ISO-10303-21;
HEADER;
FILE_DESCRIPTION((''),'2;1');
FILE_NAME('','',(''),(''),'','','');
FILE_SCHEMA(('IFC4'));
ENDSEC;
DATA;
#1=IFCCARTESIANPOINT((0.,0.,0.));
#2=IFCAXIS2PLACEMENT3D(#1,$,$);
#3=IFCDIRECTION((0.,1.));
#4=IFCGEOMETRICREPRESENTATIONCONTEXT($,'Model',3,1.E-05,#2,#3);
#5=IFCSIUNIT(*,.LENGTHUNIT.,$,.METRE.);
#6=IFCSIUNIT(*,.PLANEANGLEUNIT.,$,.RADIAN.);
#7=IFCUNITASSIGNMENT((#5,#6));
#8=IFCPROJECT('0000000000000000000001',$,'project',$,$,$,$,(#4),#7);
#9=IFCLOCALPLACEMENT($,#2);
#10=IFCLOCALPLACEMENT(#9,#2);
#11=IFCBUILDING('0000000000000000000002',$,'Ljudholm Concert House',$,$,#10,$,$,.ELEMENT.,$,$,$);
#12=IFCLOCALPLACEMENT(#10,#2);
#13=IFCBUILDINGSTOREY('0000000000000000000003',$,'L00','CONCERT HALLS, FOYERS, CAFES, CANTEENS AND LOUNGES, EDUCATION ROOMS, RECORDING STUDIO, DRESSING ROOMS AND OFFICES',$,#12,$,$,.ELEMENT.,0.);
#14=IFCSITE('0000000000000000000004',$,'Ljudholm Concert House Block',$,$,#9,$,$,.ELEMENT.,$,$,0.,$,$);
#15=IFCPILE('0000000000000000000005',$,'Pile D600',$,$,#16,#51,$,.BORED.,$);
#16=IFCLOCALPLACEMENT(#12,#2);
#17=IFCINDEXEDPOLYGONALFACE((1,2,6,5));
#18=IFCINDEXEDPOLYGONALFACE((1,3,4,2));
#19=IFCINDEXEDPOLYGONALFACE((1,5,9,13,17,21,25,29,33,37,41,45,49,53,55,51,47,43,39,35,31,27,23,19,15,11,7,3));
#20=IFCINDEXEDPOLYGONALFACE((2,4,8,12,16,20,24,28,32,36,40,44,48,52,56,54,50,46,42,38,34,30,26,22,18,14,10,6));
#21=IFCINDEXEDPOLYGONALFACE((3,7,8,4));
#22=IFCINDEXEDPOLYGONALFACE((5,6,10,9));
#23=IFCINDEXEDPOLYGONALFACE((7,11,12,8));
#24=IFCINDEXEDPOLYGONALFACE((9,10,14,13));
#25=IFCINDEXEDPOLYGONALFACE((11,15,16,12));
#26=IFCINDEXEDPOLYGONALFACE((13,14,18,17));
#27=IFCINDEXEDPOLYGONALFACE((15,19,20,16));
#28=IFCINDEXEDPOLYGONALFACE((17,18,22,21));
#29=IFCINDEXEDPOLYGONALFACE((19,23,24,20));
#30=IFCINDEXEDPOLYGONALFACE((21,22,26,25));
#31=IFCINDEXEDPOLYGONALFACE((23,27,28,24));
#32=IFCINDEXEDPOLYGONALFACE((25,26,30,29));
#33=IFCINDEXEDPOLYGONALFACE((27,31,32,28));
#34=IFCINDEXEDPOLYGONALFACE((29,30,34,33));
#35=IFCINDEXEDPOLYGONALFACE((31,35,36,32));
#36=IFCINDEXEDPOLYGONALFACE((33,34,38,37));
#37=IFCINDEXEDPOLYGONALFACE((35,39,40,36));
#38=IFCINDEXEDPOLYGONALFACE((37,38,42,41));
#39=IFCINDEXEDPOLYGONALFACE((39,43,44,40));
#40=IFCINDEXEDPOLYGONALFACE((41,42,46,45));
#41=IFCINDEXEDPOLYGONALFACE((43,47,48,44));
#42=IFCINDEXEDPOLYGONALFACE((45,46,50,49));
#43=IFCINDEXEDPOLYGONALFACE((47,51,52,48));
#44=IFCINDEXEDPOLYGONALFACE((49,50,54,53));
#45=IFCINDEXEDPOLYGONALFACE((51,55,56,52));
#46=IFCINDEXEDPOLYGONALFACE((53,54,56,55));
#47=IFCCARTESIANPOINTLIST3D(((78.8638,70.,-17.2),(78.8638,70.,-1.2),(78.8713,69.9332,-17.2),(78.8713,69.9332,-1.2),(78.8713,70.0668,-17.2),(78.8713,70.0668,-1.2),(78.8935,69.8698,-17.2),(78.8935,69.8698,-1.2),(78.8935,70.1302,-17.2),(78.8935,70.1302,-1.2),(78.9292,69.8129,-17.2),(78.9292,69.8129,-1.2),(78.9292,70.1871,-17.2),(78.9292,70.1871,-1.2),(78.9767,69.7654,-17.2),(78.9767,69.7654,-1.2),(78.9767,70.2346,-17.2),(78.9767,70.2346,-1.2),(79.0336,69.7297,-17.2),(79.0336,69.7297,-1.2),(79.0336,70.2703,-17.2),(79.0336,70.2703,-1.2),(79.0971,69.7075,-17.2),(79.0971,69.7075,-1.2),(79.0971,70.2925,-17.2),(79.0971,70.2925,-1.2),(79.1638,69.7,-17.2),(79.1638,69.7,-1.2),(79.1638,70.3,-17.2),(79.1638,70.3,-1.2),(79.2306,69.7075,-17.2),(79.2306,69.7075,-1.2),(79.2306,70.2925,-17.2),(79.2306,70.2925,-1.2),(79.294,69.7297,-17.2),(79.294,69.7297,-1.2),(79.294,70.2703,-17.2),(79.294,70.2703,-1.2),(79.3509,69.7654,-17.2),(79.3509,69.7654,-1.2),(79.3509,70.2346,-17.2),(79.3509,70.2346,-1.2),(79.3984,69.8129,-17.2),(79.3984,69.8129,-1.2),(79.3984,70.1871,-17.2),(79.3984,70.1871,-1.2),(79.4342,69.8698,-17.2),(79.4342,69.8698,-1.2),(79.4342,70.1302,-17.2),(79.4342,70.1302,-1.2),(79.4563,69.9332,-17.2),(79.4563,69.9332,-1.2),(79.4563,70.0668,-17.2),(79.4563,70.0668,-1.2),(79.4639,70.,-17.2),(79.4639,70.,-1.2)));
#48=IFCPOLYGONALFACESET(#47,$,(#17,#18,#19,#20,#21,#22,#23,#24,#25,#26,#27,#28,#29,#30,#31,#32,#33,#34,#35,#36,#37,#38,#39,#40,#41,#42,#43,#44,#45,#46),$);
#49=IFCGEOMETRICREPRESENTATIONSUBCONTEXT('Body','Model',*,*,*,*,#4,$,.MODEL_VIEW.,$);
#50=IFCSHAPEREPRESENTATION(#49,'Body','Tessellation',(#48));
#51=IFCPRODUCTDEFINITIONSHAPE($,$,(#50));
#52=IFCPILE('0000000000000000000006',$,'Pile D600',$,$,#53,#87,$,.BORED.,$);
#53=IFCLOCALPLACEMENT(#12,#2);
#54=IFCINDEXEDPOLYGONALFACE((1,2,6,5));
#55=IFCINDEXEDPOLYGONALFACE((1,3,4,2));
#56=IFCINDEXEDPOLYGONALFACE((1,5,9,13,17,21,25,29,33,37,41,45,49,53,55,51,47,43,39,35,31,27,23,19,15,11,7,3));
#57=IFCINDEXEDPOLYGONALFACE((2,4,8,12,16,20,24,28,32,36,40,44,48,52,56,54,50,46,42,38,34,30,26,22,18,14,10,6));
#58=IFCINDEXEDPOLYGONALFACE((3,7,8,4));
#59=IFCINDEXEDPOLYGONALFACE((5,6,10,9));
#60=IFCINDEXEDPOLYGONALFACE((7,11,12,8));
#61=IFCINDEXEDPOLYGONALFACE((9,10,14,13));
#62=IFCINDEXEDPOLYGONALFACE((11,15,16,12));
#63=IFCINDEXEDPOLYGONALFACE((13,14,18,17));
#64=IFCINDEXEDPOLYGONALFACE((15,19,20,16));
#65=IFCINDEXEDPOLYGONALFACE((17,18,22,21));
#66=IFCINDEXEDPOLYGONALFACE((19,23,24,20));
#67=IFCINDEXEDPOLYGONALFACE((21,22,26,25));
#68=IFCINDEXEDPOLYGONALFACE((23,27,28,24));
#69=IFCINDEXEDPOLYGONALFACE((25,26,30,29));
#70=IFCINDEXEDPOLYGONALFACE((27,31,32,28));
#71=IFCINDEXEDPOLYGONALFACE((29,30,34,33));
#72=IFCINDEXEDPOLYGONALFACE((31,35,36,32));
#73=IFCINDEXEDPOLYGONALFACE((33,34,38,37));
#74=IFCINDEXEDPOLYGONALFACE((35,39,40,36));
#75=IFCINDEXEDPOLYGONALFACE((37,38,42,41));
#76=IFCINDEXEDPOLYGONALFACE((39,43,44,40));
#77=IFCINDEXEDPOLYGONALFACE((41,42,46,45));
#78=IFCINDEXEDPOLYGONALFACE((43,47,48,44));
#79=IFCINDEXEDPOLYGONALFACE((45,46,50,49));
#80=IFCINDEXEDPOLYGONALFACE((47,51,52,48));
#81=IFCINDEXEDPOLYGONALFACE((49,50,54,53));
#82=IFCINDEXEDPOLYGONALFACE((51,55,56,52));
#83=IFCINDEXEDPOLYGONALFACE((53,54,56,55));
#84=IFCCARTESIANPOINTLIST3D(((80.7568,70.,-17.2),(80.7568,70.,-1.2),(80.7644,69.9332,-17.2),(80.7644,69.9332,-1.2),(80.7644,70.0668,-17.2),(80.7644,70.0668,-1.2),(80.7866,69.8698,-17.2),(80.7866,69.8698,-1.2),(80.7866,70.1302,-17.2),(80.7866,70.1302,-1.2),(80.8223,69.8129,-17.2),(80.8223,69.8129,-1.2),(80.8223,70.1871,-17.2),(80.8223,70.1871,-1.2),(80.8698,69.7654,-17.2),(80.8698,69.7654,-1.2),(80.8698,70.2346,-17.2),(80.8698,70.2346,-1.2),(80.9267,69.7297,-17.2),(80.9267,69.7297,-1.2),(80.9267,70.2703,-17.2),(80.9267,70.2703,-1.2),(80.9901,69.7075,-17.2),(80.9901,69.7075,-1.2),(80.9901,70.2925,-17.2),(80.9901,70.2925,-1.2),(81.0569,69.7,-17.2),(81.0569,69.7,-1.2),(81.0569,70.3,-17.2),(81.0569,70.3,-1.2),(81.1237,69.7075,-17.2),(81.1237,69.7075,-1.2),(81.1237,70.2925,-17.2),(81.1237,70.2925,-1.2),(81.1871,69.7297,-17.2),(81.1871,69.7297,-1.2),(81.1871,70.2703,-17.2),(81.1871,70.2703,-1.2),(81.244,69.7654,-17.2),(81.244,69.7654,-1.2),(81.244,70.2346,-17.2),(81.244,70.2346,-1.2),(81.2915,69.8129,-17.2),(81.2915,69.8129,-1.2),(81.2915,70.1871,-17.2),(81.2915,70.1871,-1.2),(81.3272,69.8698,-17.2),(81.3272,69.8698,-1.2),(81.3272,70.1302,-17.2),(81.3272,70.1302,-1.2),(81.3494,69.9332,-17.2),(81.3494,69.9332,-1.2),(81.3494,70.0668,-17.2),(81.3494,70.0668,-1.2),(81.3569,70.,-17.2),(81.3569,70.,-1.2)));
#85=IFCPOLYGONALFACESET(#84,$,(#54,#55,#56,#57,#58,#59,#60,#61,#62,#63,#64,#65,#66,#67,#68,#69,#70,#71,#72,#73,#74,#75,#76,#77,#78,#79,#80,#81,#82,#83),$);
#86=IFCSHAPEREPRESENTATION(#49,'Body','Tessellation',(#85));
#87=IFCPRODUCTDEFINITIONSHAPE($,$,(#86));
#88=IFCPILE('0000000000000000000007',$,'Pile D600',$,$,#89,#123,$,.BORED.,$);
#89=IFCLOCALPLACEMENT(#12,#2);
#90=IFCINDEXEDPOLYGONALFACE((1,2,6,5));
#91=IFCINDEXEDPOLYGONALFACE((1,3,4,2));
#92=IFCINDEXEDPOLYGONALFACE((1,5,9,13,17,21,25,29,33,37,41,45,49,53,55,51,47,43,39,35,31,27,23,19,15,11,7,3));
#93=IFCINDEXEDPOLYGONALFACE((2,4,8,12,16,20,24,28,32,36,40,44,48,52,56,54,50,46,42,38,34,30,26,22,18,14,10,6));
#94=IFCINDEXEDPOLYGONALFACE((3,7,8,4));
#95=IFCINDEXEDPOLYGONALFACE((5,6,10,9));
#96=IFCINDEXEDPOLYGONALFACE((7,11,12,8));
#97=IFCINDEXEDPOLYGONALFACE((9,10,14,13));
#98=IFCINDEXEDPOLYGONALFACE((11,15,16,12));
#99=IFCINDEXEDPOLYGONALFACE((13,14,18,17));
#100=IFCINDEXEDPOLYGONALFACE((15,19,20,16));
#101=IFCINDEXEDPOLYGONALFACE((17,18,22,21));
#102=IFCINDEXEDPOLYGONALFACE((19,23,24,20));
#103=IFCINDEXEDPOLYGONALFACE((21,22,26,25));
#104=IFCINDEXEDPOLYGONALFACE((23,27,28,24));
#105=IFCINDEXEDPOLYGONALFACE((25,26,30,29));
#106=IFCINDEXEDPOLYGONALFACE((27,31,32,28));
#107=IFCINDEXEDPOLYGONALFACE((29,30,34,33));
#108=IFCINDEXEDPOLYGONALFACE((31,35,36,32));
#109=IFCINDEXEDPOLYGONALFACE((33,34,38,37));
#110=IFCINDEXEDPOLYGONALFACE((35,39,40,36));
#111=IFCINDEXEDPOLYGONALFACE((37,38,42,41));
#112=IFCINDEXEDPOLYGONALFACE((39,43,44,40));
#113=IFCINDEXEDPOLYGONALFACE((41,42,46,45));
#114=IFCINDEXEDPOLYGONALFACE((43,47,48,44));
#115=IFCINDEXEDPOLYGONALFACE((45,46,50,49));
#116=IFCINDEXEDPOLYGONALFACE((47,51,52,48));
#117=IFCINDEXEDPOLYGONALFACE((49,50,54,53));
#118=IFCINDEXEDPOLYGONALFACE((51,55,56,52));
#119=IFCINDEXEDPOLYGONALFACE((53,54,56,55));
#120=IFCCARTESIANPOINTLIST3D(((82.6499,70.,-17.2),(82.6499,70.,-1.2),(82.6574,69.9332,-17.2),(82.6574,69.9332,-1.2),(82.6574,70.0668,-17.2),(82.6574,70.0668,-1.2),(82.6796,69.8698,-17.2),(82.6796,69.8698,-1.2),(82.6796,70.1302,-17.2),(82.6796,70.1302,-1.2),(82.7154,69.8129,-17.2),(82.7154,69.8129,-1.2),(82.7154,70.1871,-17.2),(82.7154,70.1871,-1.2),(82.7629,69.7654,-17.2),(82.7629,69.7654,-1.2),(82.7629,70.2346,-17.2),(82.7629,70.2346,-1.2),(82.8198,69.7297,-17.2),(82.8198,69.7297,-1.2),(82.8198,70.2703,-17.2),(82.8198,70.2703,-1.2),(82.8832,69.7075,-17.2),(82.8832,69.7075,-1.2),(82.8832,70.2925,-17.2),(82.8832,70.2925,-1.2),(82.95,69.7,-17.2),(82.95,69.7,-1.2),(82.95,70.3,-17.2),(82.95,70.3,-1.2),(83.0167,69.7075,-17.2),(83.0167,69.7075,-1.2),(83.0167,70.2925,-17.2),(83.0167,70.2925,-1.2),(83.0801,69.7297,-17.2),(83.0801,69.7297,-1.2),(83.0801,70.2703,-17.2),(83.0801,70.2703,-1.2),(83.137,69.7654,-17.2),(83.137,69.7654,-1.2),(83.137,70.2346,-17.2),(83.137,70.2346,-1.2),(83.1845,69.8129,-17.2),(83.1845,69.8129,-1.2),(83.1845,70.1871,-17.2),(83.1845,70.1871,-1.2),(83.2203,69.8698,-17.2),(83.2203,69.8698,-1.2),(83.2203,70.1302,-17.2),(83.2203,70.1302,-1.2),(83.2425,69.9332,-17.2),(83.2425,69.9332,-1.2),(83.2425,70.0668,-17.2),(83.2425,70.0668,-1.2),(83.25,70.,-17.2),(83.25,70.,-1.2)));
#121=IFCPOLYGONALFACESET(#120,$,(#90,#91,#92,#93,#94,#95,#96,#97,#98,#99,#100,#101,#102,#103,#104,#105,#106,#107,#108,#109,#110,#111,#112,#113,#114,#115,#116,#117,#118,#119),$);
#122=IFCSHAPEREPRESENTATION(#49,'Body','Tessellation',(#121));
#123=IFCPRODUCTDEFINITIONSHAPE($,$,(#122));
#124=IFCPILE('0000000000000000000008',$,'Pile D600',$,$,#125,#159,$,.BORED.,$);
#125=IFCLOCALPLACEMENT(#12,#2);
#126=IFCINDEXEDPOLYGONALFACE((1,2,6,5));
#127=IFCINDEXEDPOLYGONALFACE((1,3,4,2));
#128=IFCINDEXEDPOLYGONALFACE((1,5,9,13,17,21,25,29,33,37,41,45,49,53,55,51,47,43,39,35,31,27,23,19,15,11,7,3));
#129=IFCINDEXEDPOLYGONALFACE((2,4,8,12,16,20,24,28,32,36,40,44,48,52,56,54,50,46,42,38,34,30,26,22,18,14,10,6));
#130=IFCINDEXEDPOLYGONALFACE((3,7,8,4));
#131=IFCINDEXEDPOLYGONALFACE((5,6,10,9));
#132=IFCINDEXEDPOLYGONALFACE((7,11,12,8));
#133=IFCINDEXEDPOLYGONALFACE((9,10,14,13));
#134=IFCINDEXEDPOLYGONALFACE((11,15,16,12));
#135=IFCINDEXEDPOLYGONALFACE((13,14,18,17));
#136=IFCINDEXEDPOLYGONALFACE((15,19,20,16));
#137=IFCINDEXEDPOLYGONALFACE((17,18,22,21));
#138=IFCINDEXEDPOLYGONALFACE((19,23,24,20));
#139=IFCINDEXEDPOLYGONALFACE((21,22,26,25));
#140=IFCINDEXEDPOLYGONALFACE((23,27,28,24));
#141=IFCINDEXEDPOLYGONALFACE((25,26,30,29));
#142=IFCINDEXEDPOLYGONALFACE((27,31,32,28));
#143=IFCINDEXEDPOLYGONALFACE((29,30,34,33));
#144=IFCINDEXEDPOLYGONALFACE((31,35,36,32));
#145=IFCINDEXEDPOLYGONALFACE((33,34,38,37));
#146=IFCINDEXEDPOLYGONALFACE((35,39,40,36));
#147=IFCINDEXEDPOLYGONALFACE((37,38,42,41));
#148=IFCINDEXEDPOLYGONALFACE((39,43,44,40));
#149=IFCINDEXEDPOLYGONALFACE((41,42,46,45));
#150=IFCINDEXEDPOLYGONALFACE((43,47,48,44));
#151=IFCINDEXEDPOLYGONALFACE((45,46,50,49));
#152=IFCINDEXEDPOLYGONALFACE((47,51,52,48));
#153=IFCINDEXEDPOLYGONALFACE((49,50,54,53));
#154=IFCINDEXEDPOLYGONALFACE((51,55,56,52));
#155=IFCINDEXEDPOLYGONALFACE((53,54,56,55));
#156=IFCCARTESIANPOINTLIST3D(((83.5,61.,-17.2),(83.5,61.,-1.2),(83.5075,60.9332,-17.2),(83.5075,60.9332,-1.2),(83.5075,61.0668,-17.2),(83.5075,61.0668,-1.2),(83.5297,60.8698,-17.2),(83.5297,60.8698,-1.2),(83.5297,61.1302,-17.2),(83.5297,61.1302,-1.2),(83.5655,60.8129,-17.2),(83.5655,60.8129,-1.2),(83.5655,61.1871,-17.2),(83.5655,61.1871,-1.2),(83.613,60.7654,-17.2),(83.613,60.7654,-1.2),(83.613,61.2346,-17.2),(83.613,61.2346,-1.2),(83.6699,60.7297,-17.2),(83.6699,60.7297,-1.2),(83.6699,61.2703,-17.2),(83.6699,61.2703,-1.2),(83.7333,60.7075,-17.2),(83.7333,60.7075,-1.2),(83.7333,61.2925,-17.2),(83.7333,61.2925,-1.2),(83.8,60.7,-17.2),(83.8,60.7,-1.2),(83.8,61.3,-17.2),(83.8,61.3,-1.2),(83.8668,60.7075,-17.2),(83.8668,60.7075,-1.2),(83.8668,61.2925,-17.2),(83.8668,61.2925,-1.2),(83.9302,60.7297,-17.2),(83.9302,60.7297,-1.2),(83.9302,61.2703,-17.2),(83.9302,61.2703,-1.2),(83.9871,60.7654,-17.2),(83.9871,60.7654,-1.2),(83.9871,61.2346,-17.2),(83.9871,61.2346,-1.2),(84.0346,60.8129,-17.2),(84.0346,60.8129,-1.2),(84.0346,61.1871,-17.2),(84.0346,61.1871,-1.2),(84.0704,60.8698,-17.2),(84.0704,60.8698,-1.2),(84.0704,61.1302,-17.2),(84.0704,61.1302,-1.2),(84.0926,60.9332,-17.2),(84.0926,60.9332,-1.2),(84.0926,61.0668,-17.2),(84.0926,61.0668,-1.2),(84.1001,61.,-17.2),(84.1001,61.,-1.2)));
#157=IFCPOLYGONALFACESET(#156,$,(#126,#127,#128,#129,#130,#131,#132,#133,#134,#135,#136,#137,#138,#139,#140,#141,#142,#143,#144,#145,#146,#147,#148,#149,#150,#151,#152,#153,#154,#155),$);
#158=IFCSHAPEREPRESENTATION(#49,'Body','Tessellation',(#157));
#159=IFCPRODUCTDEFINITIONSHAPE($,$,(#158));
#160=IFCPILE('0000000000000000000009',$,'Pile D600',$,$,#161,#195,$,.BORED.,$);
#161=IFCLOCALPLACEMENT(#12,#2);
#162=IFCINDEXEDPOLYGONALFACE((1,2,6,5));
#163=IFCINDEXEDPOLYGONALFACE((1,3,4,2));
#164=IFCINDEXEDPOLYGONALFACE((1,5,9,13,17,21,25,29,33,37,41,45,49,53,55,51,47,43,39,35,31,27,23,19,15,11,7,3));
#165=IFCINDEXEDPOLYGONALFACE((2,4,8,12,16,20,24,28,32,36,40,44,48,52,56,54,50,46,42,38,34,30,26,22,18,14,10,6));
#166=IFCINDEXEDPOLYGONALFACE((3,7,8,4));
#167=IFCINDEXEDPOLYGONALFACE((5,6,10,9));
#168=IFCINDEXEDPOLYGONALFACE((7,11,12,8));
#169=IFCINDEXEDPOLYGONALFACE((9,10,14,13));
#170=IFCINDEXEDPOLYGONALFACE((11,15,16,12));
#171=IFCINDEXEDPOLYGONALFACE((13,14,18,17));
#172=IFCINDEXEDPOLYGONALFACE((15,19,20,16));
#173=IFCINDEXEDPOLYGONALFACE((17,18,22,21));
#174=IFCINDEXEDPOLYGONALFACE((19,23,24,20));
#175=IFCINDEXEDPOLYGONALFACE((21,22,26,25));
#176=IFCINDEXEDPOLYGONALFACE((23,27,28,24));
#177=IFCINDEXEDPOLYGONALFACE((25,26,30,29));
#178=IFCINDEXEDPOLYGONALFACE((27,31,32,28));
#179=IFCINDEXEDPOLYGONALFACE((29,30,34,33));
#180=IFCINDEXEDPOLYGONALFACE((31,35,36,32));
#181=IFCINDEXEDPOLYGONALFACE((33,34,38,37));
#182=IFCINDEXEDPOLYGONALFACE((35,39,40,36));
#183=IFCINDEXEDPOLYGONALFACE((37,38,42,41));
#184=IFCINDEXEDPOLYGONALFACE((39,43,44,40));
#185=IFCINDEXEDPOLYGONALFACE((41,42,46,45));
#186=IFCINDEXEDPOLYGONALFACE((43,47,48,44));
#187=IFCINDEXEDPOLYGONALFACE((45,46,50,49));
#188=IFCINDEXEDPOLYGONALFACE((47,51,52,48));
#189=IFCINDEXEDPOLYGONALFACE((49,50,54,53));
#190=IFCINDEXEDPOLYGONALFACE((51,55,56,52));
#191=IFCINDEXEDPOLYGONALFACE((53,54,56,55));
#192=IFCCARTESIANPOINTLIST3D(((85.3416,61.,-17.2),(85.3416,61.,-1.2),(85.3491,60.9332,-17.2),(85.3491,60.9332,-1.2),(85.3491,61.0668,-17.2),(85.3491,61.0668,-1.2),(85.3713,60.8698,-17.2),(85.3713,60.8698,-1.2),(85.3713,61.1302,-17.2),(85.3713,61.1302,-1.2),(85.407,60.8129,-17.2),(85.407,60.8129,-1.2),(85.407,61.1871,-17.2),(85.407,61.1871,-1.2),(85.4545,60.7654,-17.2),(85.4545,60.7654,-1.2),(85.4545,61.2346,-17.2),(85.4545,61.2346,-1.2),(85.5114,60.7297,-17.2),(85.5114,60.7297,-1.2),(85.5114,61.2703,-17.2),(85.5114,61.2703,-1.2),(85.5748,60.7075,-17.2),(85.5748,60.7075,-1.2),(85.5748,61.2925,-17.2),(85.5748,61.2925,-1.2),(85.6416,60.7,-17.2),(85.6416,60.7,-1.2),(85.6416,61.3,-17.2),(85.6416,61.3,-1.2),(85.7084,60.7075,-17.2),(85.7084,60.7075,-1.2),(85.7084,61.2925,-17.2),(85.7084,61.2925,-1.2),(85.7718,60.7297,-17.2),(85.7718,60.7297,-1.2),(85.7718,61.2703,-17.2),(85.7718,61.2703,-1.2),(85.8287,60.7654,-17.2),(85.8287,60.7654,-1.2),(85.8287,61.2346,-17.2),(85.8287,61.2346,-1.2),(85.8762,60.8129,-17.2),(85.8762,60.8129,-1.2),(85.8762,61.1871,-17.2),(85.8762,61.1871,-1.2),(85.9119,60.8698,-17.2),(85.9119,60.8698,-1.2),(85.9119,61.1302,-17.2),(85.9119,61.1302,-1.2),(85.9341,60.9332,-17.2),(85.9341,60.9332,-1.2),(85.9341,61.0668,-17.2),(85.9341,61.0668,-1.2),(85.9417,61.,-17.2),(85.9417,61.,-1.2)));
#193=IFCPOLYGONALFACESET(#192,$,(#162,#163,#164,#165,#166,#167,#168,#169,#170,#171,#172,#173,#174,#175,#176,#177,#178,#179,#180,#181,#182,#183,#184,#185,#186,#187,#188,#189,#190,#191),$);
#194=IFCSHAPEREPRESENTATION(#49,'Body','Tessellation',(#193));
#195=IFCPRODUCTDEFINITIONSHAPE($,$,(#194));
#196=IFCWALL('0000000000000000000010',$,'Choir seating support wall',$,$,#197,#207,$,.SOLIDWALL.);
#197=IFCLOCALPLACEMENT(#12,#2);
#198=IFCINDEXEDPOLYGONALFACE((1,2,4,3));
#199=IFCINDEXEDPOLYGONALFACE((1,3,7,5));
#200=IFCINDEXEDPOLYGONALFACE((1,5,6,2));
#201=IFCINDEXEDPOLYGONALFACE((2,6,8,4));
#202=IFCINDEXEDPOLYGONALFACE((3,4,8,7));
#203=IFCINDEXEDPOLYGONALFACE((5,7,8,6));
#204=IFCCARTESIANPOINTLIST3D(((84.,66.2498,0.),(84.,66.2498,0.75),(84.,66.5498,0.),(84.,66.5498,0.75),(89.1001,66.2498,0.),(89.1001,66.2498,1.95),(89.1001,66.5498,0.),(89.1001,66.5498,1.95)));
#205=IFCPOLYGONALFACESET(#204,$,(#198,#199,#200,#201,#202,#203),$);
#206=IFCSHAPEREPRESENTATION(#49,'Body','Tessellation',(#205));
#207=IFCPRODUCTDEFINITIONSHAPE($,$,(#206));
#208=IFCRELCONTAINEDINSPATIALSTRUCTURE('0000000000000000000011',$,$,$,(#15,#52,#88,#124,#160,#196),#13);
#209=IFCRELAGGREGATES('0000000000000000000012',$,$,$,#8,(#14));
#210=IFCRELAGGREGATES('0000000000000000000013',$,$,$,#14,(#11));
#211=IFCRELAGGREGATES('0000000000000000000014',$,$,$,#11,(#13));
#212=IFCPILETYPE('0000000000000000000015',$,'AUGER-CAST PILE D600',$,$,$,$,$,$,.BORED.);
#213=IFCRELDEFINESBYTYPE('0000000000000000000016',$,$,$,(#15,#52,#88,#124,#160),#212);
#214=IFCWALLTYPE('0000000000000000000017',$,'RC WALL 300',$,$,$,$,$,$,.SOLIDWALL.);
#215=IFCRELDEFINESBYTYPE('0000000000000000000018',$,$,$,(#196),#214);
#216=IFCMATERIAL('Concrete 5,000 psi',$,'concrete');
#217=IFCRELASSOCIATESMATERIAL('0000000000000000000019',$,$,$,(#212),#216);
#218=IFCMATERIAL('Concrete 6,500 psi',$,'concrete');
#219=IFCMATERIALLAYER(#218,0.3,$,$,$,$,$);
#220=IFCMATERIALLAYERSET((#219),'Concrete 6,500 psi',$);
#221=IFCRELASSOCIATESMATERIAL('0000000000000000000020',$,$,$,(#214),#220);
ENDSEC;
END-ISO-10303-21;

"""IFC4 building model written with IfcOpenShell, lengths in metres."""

from ifc_helpers import new_model, si_unit, direction, frame, origin, origin_2d, place, context, subcontext, project, spatial, polyline, circle, outline, extrude, material, layer, layer_set, material_profile, profile_set, type_object, element, save


model = new_model("IFC4")

# Units and contexts
model_context = context("Model", 3, precision=1e-05, world=origin(), true_north=direction((0.0, 1.0)))
body_context = subcontext(model_context, "Body", "Model", "MODEL_VIEW")
ifc_project = project(units=[si_unit("LENGTHUNIT", "METRE"), si_unit("PLANEANGLEUNIT", "RADIAN")], contexts=[model_context])

# Site, building, storey
site_placement = place(None, origin())
site = spatial("IfcSite", under=ifc_project, at=site_placement, Name="Ljudholm Concert House Block", CompositionType="ELEMENT", RefElevation=0.0)
building_placement = place(site_placement, origin())
building = spatial("IfcBuilding", under=site, at=building_placement, Name="Ljudholm Concert House", CompositionType="ELEMENT")
storey_placement = place(building_placement, origin())
storey = spatial("IfcBuildingStorey", under=building, at=storey_placement, Name="L00", Description="CONCERT HALLS, FOYERS, CAFES, CANTEENS AND LOUNGES, EDUCATION ROOMS, RECORDING STUDIO, DRESSING ROOMS AND OFFICES", CompositionType="ELEMENT", Elevation=0.0)

# Piles
ifc_material_1 = material(Name="Concrete 5,000 psi", Category="concrete")
ifc_material_profile = material_profile(ifc_material_1, circle(Radius=0.3, at=origin_2d()), Name="AUGER-CAST PILE D600")
ifc_profile_set = profile_set([ifc_material_profile], Name="Concrete 5,000 psi")
pile_type = type_object("IfcPileType", Name="AUGER-CAST PILE D600", PredefinedType="BORED", material=ifc_profile_set)
for number, where, z_axis, x_axis, name in (
    (1, (79.1638, 70.0, -1.2), (0.0, 0.0, -1.0), (1.0, 0.0, 0.0), "Pile D600"),
    (2, (81.0569, 70.0, -1.2), (0.0, 0.0, -1.0), (1.0, 0.0, 0.0), "Pile D600"),
    (3, (82.95, 70.0, -1.2), (0.0, 0.0, -1.0), (1.0, 0.0, 0.0), "Pile D600"),
    (4, (83.8, 61.0, -1.2), (0.0, 0.0, -1.0), (1.0, 0.0, 0.0), "Pile D600"),
    (5, (85.6416, 61.0, -1.2), (0.0, 0.0, -1.0), (1.0, 0.0, 0.0), "Pile D600"),
):
    element("IfcPile", number, at=place(storey_placement, frame(where, z_axis=z_axis, x_axis=x_axis)), inside=storey, type_object=pile_type, Name=name, PredefinedType="BORED", context=body_context, shape_type="SweptSolid", body=[
        extrude(circle(Radius=0.3, at=origin_2d()), origin(), (0.0, 0.0, 1.0), 16.0),
    ])

# Wall
ifc_material_2 = material(Name="Concrete 6,500 psi", Category="concrete")
ifc_layer_1 = layer(ifc_material_2, 0.3)
ifc_layer_set_1 = layer_set([ifc_layer_1], Name="Concrete 6,500 psi")
wall_type_1 = type_object("IfcWallType", Name="RC WALL 300", PredefinedType="SOLIDWALL", material=ifc_layer_set_1)
for number, where, z_axis, x_axis, name in (
    (6, (84.0, 66.3999, 0.0), (0.0, 0.0, 1.0), (1.0, 0.0, 0.0), "Choir seating support wall"),
):
    element("IfcWall", number, at=place(storey_placement, frame(where, z_axis=z_axis, x_axis=x_axis)), inside=storey, type_object=wall_type_1, Name=name, PredefinedType="SOLIDWALL", context=body_context, shape_type="SweptSolid", body=[
        extrude(outline(polyline([(0.0, 0.0), (5.1001, 0.0), (5.1001, 1.95), (0.0, 0.75), (0.0, 0.0)])), frame((0.0, 0.1499, 0.0), z_axis=(0.0, -1.0, 0.0), x_axis=(1.0, 0.0, 0.0)), (0.0, 0.0, 1.0), 0.3),
    ])

save(model, "model.ifc")
